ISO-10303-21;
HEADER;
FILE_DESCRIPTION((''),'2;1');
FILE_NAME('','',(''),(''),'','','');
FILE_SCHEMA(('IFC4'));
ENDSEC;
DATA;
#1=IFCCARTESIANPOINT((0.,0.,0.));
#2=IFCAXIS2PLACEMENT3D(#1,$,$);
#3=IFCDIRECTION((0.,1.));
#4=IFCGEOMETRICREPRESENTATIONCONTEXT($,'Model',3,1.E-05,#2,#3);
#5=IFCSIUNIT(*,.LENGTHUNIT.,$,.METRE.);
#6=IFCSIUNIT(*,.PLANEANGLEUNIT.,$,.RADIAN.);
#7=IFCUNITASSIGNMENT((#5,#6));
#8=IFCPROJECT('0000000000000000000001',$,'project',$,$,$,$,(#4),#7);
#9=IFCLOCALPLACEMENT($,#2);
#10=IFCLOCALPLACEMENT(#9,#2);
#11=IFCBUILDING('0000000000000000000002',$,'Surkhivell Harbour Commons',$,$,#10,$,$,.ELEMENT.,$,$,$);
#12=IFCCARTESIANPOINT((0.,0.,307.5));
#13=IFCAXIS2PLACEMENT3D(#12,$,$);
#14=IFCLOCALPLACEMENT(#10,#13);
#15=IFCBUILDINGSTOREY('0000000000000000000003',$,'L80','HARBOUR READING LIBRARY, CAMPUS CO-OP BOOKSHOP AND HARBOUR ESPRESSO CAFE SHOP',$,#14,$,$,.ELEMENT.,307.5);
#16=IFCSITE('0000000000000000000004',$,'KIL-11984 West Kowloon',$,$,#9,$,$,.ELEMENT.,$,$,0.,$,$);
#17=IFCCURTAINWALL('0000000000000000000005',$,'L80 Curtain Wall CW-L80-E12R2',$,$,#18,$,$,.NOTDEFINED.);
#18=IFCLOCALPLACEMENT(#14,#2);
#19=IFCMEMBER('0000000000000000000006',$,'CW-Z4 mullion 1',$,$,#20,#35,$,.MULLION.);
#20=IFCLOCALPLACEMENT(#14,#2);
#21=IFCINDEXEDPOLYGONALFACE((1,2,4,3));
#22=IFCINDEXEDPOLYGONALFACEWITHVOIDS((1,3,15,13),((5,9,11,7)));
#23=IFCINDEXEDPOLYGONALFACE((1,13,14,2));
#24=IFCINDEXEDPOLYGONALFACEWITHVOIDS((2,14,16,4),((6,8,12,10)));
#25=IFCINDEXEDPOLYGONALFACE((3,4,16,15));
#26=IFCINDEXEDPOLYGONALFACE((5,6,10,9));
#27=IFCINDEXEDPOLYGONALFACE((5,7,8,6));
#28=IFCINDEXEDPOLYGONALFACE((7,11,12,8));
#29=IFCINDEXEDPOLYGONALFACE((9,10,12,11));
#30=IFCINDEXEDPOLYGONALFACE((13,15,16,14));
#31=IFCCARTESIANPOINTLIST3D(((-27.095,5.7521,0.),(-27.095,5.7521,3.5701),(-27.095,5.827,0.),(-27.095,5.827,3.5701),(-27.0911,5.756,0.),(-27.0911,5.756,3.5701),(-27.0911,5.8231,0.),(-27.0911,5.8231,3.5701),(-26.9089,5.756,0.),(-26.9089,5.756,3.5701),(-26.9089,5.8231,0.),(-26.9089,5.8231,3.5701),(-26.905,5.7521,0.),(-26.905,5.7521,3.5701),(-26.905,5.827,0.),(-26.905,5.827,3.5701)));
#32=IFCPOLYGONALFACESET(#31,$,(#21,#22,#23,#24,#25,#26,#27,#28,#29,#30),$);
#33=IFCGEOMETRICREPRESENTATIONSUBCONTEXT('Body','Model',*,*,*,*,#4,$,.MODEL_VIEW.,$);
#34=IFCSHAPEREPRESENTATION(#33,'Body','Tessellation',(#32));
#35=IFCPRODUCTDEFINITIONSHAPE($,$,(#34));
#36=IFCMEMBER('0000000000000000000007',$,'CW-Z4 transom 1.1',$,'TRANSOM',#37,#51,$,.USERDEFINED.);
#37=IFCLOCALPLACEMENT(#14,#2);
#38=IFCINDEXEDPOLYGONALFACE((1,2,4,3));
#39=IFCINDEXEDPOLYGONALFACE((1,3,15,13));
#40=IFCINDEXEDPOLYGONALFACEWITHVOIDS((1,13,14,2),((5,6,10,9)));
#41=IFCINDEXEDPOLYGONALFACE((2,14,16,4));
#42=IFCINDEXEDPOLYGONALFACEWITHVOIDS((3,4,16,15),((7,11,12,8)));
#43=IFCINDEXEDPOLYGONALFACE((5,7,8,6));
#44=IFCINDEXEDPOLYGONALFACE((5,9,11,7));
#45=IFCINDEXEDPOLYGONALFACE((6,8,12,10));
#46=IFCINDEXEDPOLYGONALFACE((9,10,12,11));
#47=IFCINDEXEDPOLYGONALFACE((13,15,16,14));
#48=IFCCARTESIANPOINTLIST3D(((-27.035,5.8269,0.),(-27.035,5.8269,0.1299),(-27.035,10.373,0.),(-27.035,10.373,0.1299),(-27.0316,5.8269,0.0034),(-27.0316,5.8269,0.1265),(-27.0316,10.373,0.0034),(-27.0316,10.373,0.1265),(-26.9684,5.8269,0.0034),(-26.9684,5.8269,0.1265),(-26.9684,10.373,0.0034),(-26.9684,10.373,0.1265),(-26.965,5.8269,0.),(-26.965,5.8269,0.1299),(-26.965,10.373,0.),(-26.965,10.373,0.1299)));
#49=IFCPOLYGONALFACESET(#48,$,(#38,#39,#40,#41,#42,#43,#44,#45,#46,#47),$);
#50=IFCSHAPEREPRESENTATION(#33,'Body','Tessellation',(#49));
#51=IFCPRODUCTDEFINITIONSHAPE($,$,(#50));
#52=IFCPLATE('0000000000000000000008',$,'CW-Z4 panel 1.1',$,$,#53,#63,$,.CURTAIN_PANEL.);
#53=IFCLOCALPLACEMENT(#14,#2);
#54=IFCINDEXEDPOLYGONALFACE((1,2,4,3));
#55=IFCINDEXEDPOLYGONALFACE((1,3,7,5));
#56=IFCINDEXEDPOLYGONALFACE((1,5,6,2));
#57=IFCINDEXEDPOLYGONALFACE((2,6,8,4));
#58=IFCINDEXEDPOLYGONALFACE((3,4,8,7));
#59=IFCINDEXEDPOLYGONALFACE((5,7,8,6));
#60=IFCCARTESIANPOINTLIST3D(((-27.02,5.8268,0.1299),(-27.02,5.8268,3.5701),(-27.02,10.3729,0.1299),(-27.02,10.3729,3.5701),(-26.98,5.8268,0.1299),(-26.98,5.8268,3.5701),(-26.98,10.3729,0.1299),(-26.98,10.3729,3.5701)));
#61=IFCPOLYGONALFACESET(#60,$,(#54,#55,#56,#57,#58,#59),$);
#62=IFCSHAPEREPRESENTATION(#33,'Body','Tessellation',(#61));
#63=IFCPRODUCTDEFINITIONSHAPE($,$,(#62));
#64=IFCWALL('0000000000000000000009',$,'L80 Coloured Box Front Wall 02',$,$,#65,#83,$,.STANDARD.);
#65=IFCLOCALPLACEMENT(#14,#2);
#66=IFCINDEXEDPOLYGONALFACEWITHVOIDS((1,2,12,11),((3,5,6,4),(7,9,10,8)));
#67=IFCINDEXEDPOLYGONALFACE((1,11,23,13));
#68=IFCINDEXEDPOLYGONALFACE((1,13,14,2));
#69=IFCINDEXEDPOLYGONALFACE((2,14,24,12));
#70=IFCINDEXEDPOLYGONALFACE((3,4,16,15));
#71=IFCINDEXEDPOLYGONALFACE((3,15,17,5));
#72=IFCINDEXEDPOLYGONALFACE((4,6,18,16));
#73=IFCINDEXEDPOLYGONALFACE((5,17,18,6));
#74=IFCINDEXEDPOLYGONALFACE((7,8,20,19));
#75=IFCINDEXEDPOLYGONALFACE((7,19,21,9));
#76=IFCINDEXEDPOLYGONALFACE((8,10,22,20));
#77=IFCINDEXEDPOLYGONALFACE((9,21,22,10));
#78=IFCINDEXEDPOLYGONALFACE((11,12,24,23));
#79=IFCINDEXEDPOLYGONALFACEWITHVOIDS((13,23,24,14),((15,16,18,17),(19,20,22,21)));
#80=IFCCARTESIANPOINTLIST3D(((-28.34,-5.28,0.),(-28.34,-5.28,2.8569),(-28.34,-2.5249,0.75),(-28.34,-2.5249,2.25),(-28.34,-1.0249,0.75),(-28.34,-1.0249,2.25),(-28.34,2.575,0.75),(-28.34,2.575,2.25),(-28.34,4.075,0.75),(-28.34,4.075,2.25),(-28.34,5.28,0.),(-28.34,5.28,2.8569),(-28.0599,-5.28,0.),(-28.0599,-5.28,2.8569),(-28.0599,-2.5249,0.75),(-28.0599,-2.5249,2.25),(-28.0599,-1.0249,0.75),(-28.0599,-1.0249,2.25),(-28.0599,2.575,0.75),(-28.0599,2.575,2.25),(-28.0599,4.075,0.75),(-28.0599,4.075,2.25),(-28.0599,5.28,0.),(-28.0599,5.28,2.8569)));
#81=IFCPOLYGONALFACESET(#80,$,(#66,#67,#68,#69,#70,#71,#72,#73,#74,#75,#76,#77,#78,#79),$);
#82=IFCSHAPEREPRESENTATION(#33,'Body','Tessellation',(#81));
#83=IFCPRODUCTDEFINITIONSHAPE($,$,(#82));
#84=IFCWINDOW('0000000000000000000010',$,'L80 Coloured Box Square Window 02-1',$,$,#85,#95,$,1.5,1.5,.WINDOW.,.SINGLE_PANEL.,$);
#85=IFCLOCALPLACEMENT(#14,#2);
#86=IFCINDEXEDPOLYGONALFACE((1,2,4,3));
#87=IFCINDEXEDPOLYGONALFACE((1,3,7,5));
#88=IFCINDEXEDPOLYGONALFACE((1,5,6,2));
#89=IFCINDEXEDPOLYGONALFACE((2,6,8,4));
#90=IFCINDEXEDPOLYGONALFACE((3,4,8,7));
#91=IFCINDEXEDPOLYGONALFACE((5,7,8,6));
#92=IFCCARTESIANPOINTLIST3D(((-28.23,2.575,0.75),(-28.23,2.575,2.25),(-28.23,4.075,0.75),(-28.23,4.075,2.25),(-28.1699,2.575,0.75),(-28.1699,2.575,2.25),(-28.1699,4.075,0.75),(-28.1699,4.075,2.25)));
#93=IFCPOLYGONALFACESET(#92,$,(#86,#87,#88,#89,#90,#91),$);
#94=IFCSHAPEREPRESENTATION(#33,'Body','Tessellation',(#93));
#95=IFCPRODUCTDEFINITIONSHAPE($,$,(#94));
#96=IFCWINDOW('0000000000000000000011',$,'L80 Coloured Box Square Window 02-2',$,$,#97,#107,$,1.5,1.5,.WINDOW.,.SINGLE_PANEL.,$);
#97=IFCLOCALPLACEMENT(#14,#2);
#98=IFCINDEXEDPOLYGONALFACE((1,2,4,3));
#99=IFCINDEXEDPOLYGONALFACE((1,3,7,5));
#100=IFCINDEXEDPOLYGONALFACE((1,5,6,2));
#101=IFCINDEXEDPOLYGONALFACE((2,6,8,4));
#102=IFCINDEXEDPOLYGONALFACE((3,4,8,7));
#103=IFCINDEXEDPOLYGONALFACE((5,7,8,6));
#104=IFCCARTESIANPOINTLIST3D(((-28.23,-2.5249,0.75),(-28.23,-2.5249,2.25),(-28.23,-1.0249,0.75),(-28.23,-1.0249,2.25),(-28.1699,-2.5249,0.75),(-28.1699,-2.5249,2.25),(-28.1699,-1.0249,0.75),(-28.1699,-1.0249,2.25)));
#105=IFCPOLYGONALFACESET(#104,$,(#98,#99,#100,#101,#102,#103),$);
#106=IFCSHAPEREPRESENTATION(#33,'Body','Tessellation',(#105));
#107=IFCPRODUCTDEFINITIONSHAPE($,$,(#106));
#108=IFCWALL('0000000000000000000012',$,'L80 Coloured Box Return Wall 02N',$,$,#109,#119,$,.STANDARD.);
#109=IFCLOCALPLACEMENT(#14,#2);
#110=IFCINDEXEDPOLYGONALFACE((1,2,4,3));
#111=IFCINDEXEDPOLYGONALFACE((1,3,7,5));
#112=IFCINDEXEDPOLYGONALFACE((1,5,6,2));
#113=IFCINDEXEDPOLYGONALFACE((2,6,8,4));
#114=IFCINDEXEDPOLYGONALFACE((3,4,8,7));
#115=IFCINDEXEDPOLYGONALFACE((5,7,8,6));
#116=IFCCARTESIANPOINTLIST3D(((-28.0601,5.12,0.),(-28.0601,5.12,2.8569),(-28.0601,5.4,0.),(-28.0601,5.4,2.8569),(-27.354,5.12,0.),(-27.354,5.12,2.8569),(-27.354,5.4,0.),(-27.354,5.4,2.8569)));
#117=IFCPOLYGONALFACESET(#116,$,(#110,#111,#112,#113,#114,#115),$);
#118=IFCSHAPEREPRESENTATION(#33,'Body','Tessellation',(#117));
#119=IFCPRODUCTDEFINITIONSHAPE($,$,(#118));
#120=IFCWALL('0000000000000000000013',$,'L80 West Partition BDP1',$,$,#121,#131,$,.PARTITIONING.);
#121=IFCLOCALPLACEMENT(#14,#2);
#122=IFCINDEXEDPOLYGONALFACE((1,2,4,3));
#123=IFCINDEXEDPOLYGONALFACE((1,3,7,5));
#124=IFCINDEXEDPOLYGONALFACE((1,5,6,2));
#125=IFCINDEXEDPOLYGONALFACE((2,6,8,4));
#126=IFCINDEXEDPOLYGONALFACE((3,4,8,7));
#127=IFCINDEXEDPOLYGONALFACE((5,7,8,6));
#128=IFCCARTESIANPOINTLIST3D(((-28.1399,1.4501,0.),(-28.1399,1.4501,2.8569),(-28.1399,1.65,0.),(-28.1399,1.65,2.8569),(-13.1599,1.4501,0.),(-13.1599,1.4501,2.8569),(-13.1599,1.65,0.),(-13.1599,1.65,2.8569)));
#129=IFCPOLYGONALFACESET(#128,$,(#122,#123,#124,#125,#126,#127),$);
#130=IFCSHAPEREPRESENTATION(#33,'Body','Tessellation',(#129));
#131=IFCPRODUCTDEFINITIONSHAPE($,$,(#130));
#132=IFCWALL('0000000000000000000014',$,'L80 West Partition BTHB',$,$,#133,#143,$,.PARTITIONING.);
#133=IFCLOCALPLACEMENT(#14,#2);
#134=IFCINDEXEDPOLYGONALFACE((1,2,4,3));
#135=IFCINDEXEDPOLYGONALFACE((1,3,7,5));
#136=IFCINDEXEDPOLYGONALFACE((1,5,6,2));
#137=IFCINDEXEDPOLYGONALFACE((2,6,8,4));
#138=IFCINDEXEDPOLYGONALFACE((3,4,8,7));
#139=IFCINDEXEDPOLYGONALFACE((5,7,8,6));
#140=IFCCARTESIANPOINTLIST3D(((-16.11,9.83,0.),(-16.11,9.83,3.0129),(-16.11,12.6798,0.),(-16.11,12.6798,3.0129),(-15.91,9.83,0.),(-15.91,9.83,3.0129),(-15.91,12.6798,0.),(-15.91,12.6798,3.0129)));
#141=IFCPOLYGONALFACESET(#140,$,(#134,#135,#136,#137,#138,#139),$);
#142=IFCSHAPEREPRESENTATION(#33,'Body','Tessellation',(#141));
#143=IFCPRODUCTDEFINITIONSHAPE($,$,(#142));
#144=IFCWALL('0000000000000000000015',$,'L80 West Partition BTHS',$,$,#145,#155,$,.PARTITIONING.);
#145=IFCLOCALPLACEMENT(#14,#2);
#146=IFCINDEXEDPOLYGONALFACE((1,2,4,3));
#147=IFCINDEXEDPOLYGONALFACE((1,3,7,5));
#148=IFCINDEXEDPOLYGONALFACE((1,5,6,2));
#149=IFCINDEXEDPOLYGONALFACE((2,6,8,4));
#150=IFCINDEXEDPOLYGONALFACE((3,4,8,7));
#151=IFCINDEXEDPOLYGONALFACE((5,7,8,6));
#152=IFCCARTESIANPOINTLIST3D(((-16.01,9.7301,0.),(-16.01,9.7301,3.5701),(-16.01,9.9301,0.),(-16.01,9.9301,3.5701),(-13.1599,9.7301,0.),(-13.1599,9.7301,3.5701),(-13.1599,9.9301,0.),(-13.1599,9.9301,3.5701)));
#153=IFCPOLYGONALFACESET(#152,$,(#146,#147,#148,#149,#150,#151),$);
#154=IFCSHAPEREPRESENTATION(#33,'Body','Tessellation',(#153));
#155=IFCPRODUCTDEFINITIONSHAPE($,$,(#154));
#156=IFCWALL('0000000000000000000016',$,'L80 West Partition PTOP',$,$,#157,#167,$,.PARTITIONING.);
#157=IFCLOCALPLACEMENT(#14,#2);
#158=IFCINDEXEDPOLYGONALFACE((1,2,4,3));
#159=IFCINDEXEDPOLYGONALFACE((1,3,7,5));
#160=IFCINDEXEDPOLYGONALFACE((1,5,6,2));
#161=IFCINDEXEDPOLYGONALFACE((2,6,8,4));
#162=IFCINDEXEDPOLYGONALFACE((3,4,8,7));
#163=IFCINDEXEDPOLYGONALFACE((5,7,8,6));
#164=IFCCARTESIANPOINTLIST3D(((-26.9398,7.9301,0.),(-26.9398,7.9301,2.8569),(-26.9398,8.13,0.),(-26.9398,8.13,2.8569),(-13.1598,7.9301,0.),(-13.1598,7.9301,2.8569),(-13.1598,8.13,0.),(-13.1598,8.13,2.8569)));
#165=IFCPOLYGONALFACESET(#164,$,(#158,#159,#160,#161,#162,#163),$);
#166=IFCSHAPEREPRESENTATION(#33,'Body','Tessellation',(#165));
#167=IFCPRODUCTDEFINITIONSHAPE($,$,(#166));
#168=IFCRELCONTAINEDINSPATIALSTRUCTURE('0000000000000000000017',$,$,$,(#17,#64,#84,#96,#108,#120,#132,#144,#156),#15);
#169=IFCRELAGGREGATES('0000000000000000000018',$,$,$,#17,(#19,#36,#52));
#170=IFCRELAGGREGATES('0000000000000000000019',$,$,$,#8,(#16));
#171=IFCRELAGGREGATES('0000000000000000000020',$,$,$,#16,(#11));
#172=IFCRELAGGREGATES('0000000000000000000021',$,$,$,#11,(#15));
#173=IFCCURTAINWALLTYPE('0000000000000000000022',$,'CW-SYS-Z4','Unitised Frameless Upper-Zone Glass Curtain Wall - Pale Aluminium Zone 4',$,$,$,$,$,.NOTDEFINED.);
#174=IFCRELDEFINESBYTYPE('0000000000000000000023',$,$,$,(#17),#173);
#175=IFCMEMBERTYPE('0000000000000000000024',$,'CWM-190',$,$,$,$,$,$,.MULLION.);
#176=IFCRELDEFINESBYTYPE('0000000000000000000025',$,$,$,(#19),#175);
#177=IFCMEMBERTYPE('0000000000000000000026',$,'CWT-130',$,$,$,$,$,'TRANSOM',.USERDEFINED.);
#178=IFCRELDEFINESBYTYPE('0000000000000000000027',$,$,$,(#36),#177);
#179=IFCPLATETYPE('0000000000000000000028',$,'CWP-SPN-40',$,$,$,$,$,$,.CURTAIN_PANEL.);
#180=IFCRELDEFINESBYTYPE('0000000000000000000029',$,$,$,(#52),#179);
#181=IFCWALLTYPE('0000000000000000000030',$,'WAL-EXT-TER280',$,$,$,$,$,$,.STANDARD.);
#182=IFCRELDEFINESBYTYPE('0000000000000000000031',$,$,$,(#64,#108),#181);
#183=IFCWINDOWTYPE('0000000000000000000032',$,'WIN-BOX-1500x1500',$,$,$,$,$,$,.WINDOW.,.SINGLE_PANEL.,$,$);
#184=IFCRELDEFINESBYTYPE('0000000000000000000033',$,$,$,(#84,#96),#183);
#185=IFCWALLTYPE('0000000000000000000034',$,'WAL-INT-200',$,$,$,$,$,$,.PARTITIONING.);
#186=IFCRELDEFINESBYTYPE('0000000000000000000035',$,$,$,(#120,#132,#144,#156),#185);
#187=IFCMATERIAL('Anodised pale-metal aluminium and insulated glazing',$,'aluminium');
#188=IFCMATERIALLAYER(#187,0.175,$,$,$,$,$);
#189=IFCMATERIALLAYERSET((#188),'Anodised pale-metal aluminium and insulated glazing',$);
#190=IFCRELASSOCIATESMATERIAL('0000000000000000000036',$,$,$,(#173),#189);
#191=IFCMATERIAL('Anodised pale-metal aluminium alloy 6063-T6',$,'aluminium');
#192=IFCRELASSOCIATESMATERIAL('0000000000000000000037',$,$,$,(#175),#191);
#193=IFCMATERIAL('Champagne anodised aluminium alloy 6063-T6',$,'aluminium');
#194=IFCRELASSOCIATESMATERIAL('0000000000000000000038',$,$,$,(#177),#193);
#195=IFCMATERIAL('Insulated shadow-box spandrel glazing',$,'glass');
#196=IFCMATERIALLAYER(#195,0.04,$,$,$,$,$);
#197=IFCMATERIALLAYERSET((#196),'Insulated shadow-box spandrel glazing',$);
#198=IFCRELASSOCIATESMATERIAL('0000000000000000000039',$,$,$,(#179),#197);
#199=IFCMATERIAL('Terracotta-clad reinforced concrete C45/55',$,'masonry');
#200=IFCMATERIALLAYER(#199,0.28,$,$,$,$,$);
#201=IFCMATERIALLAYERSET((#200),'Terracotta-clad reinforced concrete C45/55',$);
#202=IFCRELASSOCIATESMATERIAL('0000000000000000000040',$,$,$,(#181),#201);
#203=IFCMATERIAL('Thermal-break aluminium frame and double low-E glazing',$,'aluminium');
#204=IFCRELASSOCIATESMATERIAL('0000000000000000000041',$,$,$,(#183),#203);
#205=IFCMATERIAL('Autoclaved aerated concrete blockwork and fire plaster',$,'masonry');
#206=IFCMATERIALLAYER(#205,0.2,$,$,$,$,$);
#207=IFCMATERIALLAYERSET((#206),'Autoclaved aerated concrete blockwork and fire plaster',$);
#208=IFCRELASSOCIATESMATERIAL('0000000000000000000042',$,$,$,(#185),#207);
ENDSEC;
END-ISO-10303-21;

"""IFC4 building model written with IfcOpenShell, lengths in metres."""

from ifc_helpers import new_model, si_unit, direction, frame, frame_2d, origin, origin_2d, place, context, subcontext, project, spatial, rectangle, hollow_rectangle, extrude, material, layer, layer_set, material_profile, profile_set, type_object, element, fill, aggregate, save


model = new_model("IFC4")

# Units and contexts
model_context = context("Model", 3, precision=1e-05, world=origin(), true_north=direction((0.0, 1.0)))
body_context = subcontext(model_context, "Body", "Model", "MODEL_VIEW")
ifc_project = project(units=[si_unit("LENGTHUNIT", "METRE"), si_unit("PLANEANGLEUNIT", "RADIAN")], contexts=[model_context])

# Site, building, storey
site_placement = place(None, origin())
site = spatial("IfcSite", under=ifc_project, at=site_placement, Name="KIL-11984 West Kowloon", CompositionType="ELEMENT", RefElevation=0.0)
building_placement = place(site_placement, origin())
building = spatial("IfcBuilding", under=site, at=building_placement, Name="Surkhivell Harbour Commons", CompositionType="ELEMENT")
storey_placement = place(building_placement, frame((0.0, 0.0, 307.5)))
storey = spatial("IfcBuildingStorey", under=building, at=storey_placement, Name="L80", Description="HARBOUR READING LIBRARY, CAMPUS CO-OP BOOKSHOP AND HARBOUR ESPRESSO CAFE SHOP", CompositionType="ELEMENT", Elevation=307.5)

# Curtain wall, members, plate
ifc_material_1 = material(Name="Anodised pale-metal aluminium and insulated glazing", Category="aluminium")
ifc_layer_1 = layer(ifc_material_1, 0.175)
ifc_layer_set_1 = layer_set([ifc_layer_1], Name="Anodised pale-metal aluminium and insulated glazing")
curtain_wall_type = type_object("IfcCurtainWallType", Name="CW-SYS-Z4", Description="Unitised Frameless Upper-Zone Glass Curtain Wall - Pale Aluminium Zone 4", PredefinedType="NOTDEFINED", material=ifc_layer_set_1)
curtain_wall_placement = place(storey_placement, origin())
curtain_wall = element("IfcCurtainWall", 1, at=curtain_wall_placement, inside=storey, type_object=curtain_wall_type, Name="L80 Curtain Wall CW-L80-E12R2", PredefinedType="NOTDEFINED")
ifc_material_2 = material(Name="Anodised pale-metal aluminium alloy 6063-T6", Category="aluminium")
ifc_material_profile_1 = material_profile(ifc_material_2, hollow_rectangle(XDim=0.075, YDim=0.1899, WallThickness=0.0039, at=origin_2d()), Name="ALU-MULL-75x190")
ifc_profile_set_1 = profile_set([ifc_material_profile_1], Name="Anodised pale-metal aluminium alloy 6063-T6")
member_type_1 = type_object("IfcMemberType", Name="CWM-190", PredefinedType="MULLION", material=ifc_profile_set_1)
member_1_placement = place(storey_placement, frame((-27.0, 5.7896, 0.0), z_axis=(0.0, 0.0, 1.0), x_axis=(0.0, 1.0, 0.0)))
member_1 = element("IfcMember", 2, at=member_1_placement, type_object=member_type_1, Name="CW-Z4 mullion 1", PredefinedType="MULLION", context=body_context, shape_type="SweptSolid", body=[
    extrude(hollow_rectangle(XDim=0.075, YDim=0.1899, WallThickness=0.0039, at=origin_2d()), origin(), (0.0, 0.0, 1.0), 3.5701),
])
ifc_material_3 = material(Name="Champagne anodised aluminium alloy 6063-T6", Category="aluminium")
ifc_material_profile_2 = material_profile(ifc_material_3, hollow_rectangle(XDim=0.0701, YDim=0.1299, WallThickness=0.0034, at=origin_2d()), Name="ALU-TRAN-70x130")
ifc_profile_set_2 = profile_set([ifc_material_profile_2], Name="Champagne anodised aluminium alloy 6063-T6")
member_type_2 = type_object("IfcMemberType", Name="CWT-130", ElementType="TRANSOM", PredefinedType="USERDEFINED", material=ifc_profile_set_2)
member_2_placement = place(storey_placement, frame((-27.0, 5.8269, 0.0649), z_axis=(0.0, 1.0, 0.0), x_axis=(-1.0, 0.0, 0.0)))
member_2 = element("IfcMember", 3, at=member_2_placement, type_object=member_type_2, Name="CW-Z4 transom 1.1", ObjectType="TRANSOM", PredefinedType="USERDEFINED", context=body_context, shape_type="SweptSolid", body=[
    extrude(hollow_rectangle(XDim=0.0701, YDim=0.1299, WallThickness=0.0034, at=origin_2d()), origin(), (0.0, 0.0, 1.0), 4.5461),
])
ifc_material_4 = material(Name="Insulated shadow-box spandrel glazing", Category="glass")
ifc_layer_2 = layer(ifc_material_4, 0.04)
ifc_layer_set_2 = layer_set([ifc_layer_2], Name="Insulated shadow-box spandrel glazing")
plate_type = type_object("IfcPlateType", Name="CWP-SPN-40", PredefinedType="CURTAIN_PANEL", material=ifc_layer_set_2)
plate_placement = place(storey_placement, frame((-27.0, 5.8269, 0.1299), z_axis=(0.0, 0.0, 1.0), x_axis=(0.0, 1.0, 0.0)))
plate = element("IfcPlate", 4, at=plate_placement, type_object=plate_type, Name="CW-Z4 panel 1.1", PredefinedType="CURTAIN_PANEL", context=body_context, shape_type="SweptSolid", body=[
    extrude(rectangle(XDim=4.5461, YDim=0.04, at=frame_2d((2.2729, 0.0))), origin(), (0.0, 0.0, 1.0), 3.4402),
])
aggregate(curtain_wall, [member_1, member_2, plate])

# Wall, openings, windows
ifc_material_5 = material(Name="Terracotta-clad reinforced concrete C45/55", Category="masonry")
ifc_layer_3 = layer(ifc_material_5, 0.28)
ifc_layer_set_3 = layer_set([ifc_layer_3], Name="Terracotta-clad reinforced concrete C45/55")
wall_type_1 = type_object("IfcWallType", Name="WAL-EXT-TER280", PredefinedType="STANDARD", material=ifc_layer_set_3)
wall_1_placement = place(storey_placement, frame((-28.2, 5.28, 0.0), z_axis=(0.0, 0.0, 1.0), x_axis=(0.0, -1.0, 0.0)))
wall_1 = element("IfcWall", 5, at=wall_1_placement, inside=storey, type_object=wall_type_1, Name="L80 Coloured Box Front Wall 02", PredefinedType="STANDARD", context=body_context, shape_type="SweptSolid", body=[
    extrude(rectangle(XDim=10.5601, YDim=0.28, at=frame_2d((5.28, 0.0))), origin(), (0.0, 0.0, 1.0), 2.8569),
])
opening_1_placement = place(wall_1_placement, frame((1.2051, 0.0, 0.75)))
opening_1 = element("IfcOpeningElement", 6, at=opening_1_placement, cuts=wall_1, PredefinedType="OPENING", context=body_context, shape_type="SweptSolid", body=[
    extrude(rectangle(XDim=1.5, YDim=1.5, at=frame_2d((0.75, 0.75))), frame((0.0, 0.1499, 0.0), z_axis=(0.0, -1.0, 0.0), x_axis=(1.0, 0.0, 0.0)), (0.0, 0.0, 1.0), 0.3),
])
opening_2_placement = place(wall_1_placement, frame((6.3049, 0.0, 0.75)))
opening_2 = element("IfcOpeningElement", 7, at=opening_2_placement, cuts=wall_1, PredefinedType="OPENING", context=body_context, shape_type="SweptSolid", body=[
    extrude(rectangle(XDim=1.5, YDim=1.5, at=frame_2d((0.75, 0.75))), frame((0.0, 0.1499, 0.0), z_axis=(0.0, -1.0, 0.0), x_axis=(1.0, 0.0, 0.0)), (0.0, 0.0, 1.0), 0.3),
])
ifc_material_6 = material(Name="Thermal-break aluminium frame and double low-E glazing", Category="aluminium")
window_type = type_object("IfcWindowType", Name="WIN-BOX-1500x1500", PartitioningType="SINGLE_PANEL", PredefinedType="WINDOW", material=ifc_material_6)
window_1_placement = place(opening_1_placement, origin())
window_1 = element("IfcWindow", 8, at=window_1_placement, inside=storey, type_object=window_type, Name="L80 Coloured Box Square Window 02-1", OverallHeight=1.5, OverallWidth=1.5, PartitioningType="SINGLE_PANEL", PredefinedType="WINDOW", context=body_context, shape_type="SweptSolid", body=[
    extrude(rectangle(XDim=1.5, YDim=1.5, at=frame_2d((0.75, 0.75))), frame((0.0, 0.03, 0.0), z_axis=(0.0, -1.0, 0.0), x_axis=(1.0, 0.0, 0.0)), (0.0, 0.0, 1.0), 0.0601),
])
fill(opening_1, window_1)
window_2_placement = place(opening_2_placement, origin())
window_2 = element("IfcWindow", 9, at=window_2_placement, inside=storey, type_object=window_type, Name="L80 Coloured Box Square Window 02-2", OverallHeight=1.5, OverallWidth=1.5, PartitioningType="SINGLE_PANEL", PredefinedType="WINDOW", context=body_context, shape_type="SweptSolid", body=[
    extrude(rectangle(XDim=1.5, YDim=1.5, at=frame_2d((0.75, 0.75))), frame((0.0, 0.03, 0.0), z_axis=(0.0, -1.0, 0.0), x_axis=(1.0, 0.0, 0.0)), (0.0, 0.0, 1.0), 0.0601),
])
fill(opening_2, window_2)

# Walls
wall_2_placement = place(storey_placement, frame((-28.0601, 5.26, 0.0), z_axis=(0.0, 0.0, 1.0), x_axis=(1.0, 0.0, 0.0)))
element("IfcWall", 10, at=wall_2_placement, inside=storey, type_object=wall_type_1, Name="L80 Coloured Box Return Wall 02N", PredefinedType="STANDARD", context=body_context, shape_type="SweptSolid", body=[
    extrude(rectangle(XDim=0.7061, YDim=0.28, at=frame_2d((0.353, 0.0))), origin(), (0.0, 0.0, 1.0), 2.8569),
])
ifc_material_7 = material(Name="Autoclaved aerated concrete blockwork and fire plaster", Category="masonry")
ifc_layer_4 = layer(ifc_material_7, 0.2)
ifc_layer_set_4 = layer_set([ifc_layer_4], Name="Autoclaved aerated concrete blockwork and fire plaster")
wall_type_2 = type_object("IfcWallType", Name="WAL-INT-200", PredefinedType="PARTITIONING", material=ifc_layer_set_4)
wall_3_placement = place(storey_placement, frame((-28.1399, 1.55, 0.0), z_axis=(0.0, 0.0, 1.0), x_axis=(1.0, 0.0, 0.0)))
element("IfcWall", 11, at=wall_3_placement, inside=storey, type_object=wall_type_2, Name="L80 West Partition BDP1", PredefinedType="PARTITIONING", context=body_context, shape_type="SweptSolid", body=[
    extrude(rectangle(XDim=14.98, YDim=0.2, at=frame_2d((7.49, 0.0))), origin(), (0.0, 0.0, 1.0), 2.8569),
])
wall_4_placement = place(storey_placement, frame((-16.01, 9.8301, 0.0), z_axis=(0.0, 0.0, 1.0), x_axis=(0.0, 1.0, 0.0)))
element("IfcWall", 12, at=wall_4_placement, inside=storey, type_object=wall_type_2, Name="L80 West Partition BTHB", PredefinedType="PARTITIONING", context=body_context, shape_type="SweptSolid", body=[
    extrude(rectangle(XDim=2.8499, YDim=0.2, at=frame_2d((1.4248, 0.0))), origin(), (0.0, 0.0, 1.0), 3.0129),
])
wall_5_placement = place(storey_placement, frame((-16.01, 9.8301, 0.0), z_axis=(0.0, 0.0, 1.0), x_axis=(1.0, 0.0, 0.0)))
element("IfcWall", 13, at=wall_5_placement, inside=storey, type_object=wall_type_2, Name="L80 West Partition BTHS", PredefinedType="PARTITIONING", context=body_context, shape_type="SweptSolid", body=[
    extrude(rectangle(XDim=2.8501, YDim=0.2, at=frame_2d((1.425, 0.0))), origin(), (0.0, 0.0, 1.0), 3.5701),
])
wall_6_placement = place(storey_placement, frame((-26.9399, 8.03, 0.0), z_axis=(0.0, 0.0, 1.0), x_axis=(1.0, 0.0, 0.0)))
element("IfcWall", 14, at=wall_6_placement, inside=storey, type_object=wall_type_2, Name="L80 West Partition PTOP", PredefinedType="PARTITIONING", context=body_context, shape_type="SweptSolid", body=[
    extrude(rectangle(XDim=13.78, YDim=0.2, at=frame_2d((6.8901, 0.0))), origin(), (0.0, 0.0, 1.0), 2.8569),
])

save(model, "model.ifc")
